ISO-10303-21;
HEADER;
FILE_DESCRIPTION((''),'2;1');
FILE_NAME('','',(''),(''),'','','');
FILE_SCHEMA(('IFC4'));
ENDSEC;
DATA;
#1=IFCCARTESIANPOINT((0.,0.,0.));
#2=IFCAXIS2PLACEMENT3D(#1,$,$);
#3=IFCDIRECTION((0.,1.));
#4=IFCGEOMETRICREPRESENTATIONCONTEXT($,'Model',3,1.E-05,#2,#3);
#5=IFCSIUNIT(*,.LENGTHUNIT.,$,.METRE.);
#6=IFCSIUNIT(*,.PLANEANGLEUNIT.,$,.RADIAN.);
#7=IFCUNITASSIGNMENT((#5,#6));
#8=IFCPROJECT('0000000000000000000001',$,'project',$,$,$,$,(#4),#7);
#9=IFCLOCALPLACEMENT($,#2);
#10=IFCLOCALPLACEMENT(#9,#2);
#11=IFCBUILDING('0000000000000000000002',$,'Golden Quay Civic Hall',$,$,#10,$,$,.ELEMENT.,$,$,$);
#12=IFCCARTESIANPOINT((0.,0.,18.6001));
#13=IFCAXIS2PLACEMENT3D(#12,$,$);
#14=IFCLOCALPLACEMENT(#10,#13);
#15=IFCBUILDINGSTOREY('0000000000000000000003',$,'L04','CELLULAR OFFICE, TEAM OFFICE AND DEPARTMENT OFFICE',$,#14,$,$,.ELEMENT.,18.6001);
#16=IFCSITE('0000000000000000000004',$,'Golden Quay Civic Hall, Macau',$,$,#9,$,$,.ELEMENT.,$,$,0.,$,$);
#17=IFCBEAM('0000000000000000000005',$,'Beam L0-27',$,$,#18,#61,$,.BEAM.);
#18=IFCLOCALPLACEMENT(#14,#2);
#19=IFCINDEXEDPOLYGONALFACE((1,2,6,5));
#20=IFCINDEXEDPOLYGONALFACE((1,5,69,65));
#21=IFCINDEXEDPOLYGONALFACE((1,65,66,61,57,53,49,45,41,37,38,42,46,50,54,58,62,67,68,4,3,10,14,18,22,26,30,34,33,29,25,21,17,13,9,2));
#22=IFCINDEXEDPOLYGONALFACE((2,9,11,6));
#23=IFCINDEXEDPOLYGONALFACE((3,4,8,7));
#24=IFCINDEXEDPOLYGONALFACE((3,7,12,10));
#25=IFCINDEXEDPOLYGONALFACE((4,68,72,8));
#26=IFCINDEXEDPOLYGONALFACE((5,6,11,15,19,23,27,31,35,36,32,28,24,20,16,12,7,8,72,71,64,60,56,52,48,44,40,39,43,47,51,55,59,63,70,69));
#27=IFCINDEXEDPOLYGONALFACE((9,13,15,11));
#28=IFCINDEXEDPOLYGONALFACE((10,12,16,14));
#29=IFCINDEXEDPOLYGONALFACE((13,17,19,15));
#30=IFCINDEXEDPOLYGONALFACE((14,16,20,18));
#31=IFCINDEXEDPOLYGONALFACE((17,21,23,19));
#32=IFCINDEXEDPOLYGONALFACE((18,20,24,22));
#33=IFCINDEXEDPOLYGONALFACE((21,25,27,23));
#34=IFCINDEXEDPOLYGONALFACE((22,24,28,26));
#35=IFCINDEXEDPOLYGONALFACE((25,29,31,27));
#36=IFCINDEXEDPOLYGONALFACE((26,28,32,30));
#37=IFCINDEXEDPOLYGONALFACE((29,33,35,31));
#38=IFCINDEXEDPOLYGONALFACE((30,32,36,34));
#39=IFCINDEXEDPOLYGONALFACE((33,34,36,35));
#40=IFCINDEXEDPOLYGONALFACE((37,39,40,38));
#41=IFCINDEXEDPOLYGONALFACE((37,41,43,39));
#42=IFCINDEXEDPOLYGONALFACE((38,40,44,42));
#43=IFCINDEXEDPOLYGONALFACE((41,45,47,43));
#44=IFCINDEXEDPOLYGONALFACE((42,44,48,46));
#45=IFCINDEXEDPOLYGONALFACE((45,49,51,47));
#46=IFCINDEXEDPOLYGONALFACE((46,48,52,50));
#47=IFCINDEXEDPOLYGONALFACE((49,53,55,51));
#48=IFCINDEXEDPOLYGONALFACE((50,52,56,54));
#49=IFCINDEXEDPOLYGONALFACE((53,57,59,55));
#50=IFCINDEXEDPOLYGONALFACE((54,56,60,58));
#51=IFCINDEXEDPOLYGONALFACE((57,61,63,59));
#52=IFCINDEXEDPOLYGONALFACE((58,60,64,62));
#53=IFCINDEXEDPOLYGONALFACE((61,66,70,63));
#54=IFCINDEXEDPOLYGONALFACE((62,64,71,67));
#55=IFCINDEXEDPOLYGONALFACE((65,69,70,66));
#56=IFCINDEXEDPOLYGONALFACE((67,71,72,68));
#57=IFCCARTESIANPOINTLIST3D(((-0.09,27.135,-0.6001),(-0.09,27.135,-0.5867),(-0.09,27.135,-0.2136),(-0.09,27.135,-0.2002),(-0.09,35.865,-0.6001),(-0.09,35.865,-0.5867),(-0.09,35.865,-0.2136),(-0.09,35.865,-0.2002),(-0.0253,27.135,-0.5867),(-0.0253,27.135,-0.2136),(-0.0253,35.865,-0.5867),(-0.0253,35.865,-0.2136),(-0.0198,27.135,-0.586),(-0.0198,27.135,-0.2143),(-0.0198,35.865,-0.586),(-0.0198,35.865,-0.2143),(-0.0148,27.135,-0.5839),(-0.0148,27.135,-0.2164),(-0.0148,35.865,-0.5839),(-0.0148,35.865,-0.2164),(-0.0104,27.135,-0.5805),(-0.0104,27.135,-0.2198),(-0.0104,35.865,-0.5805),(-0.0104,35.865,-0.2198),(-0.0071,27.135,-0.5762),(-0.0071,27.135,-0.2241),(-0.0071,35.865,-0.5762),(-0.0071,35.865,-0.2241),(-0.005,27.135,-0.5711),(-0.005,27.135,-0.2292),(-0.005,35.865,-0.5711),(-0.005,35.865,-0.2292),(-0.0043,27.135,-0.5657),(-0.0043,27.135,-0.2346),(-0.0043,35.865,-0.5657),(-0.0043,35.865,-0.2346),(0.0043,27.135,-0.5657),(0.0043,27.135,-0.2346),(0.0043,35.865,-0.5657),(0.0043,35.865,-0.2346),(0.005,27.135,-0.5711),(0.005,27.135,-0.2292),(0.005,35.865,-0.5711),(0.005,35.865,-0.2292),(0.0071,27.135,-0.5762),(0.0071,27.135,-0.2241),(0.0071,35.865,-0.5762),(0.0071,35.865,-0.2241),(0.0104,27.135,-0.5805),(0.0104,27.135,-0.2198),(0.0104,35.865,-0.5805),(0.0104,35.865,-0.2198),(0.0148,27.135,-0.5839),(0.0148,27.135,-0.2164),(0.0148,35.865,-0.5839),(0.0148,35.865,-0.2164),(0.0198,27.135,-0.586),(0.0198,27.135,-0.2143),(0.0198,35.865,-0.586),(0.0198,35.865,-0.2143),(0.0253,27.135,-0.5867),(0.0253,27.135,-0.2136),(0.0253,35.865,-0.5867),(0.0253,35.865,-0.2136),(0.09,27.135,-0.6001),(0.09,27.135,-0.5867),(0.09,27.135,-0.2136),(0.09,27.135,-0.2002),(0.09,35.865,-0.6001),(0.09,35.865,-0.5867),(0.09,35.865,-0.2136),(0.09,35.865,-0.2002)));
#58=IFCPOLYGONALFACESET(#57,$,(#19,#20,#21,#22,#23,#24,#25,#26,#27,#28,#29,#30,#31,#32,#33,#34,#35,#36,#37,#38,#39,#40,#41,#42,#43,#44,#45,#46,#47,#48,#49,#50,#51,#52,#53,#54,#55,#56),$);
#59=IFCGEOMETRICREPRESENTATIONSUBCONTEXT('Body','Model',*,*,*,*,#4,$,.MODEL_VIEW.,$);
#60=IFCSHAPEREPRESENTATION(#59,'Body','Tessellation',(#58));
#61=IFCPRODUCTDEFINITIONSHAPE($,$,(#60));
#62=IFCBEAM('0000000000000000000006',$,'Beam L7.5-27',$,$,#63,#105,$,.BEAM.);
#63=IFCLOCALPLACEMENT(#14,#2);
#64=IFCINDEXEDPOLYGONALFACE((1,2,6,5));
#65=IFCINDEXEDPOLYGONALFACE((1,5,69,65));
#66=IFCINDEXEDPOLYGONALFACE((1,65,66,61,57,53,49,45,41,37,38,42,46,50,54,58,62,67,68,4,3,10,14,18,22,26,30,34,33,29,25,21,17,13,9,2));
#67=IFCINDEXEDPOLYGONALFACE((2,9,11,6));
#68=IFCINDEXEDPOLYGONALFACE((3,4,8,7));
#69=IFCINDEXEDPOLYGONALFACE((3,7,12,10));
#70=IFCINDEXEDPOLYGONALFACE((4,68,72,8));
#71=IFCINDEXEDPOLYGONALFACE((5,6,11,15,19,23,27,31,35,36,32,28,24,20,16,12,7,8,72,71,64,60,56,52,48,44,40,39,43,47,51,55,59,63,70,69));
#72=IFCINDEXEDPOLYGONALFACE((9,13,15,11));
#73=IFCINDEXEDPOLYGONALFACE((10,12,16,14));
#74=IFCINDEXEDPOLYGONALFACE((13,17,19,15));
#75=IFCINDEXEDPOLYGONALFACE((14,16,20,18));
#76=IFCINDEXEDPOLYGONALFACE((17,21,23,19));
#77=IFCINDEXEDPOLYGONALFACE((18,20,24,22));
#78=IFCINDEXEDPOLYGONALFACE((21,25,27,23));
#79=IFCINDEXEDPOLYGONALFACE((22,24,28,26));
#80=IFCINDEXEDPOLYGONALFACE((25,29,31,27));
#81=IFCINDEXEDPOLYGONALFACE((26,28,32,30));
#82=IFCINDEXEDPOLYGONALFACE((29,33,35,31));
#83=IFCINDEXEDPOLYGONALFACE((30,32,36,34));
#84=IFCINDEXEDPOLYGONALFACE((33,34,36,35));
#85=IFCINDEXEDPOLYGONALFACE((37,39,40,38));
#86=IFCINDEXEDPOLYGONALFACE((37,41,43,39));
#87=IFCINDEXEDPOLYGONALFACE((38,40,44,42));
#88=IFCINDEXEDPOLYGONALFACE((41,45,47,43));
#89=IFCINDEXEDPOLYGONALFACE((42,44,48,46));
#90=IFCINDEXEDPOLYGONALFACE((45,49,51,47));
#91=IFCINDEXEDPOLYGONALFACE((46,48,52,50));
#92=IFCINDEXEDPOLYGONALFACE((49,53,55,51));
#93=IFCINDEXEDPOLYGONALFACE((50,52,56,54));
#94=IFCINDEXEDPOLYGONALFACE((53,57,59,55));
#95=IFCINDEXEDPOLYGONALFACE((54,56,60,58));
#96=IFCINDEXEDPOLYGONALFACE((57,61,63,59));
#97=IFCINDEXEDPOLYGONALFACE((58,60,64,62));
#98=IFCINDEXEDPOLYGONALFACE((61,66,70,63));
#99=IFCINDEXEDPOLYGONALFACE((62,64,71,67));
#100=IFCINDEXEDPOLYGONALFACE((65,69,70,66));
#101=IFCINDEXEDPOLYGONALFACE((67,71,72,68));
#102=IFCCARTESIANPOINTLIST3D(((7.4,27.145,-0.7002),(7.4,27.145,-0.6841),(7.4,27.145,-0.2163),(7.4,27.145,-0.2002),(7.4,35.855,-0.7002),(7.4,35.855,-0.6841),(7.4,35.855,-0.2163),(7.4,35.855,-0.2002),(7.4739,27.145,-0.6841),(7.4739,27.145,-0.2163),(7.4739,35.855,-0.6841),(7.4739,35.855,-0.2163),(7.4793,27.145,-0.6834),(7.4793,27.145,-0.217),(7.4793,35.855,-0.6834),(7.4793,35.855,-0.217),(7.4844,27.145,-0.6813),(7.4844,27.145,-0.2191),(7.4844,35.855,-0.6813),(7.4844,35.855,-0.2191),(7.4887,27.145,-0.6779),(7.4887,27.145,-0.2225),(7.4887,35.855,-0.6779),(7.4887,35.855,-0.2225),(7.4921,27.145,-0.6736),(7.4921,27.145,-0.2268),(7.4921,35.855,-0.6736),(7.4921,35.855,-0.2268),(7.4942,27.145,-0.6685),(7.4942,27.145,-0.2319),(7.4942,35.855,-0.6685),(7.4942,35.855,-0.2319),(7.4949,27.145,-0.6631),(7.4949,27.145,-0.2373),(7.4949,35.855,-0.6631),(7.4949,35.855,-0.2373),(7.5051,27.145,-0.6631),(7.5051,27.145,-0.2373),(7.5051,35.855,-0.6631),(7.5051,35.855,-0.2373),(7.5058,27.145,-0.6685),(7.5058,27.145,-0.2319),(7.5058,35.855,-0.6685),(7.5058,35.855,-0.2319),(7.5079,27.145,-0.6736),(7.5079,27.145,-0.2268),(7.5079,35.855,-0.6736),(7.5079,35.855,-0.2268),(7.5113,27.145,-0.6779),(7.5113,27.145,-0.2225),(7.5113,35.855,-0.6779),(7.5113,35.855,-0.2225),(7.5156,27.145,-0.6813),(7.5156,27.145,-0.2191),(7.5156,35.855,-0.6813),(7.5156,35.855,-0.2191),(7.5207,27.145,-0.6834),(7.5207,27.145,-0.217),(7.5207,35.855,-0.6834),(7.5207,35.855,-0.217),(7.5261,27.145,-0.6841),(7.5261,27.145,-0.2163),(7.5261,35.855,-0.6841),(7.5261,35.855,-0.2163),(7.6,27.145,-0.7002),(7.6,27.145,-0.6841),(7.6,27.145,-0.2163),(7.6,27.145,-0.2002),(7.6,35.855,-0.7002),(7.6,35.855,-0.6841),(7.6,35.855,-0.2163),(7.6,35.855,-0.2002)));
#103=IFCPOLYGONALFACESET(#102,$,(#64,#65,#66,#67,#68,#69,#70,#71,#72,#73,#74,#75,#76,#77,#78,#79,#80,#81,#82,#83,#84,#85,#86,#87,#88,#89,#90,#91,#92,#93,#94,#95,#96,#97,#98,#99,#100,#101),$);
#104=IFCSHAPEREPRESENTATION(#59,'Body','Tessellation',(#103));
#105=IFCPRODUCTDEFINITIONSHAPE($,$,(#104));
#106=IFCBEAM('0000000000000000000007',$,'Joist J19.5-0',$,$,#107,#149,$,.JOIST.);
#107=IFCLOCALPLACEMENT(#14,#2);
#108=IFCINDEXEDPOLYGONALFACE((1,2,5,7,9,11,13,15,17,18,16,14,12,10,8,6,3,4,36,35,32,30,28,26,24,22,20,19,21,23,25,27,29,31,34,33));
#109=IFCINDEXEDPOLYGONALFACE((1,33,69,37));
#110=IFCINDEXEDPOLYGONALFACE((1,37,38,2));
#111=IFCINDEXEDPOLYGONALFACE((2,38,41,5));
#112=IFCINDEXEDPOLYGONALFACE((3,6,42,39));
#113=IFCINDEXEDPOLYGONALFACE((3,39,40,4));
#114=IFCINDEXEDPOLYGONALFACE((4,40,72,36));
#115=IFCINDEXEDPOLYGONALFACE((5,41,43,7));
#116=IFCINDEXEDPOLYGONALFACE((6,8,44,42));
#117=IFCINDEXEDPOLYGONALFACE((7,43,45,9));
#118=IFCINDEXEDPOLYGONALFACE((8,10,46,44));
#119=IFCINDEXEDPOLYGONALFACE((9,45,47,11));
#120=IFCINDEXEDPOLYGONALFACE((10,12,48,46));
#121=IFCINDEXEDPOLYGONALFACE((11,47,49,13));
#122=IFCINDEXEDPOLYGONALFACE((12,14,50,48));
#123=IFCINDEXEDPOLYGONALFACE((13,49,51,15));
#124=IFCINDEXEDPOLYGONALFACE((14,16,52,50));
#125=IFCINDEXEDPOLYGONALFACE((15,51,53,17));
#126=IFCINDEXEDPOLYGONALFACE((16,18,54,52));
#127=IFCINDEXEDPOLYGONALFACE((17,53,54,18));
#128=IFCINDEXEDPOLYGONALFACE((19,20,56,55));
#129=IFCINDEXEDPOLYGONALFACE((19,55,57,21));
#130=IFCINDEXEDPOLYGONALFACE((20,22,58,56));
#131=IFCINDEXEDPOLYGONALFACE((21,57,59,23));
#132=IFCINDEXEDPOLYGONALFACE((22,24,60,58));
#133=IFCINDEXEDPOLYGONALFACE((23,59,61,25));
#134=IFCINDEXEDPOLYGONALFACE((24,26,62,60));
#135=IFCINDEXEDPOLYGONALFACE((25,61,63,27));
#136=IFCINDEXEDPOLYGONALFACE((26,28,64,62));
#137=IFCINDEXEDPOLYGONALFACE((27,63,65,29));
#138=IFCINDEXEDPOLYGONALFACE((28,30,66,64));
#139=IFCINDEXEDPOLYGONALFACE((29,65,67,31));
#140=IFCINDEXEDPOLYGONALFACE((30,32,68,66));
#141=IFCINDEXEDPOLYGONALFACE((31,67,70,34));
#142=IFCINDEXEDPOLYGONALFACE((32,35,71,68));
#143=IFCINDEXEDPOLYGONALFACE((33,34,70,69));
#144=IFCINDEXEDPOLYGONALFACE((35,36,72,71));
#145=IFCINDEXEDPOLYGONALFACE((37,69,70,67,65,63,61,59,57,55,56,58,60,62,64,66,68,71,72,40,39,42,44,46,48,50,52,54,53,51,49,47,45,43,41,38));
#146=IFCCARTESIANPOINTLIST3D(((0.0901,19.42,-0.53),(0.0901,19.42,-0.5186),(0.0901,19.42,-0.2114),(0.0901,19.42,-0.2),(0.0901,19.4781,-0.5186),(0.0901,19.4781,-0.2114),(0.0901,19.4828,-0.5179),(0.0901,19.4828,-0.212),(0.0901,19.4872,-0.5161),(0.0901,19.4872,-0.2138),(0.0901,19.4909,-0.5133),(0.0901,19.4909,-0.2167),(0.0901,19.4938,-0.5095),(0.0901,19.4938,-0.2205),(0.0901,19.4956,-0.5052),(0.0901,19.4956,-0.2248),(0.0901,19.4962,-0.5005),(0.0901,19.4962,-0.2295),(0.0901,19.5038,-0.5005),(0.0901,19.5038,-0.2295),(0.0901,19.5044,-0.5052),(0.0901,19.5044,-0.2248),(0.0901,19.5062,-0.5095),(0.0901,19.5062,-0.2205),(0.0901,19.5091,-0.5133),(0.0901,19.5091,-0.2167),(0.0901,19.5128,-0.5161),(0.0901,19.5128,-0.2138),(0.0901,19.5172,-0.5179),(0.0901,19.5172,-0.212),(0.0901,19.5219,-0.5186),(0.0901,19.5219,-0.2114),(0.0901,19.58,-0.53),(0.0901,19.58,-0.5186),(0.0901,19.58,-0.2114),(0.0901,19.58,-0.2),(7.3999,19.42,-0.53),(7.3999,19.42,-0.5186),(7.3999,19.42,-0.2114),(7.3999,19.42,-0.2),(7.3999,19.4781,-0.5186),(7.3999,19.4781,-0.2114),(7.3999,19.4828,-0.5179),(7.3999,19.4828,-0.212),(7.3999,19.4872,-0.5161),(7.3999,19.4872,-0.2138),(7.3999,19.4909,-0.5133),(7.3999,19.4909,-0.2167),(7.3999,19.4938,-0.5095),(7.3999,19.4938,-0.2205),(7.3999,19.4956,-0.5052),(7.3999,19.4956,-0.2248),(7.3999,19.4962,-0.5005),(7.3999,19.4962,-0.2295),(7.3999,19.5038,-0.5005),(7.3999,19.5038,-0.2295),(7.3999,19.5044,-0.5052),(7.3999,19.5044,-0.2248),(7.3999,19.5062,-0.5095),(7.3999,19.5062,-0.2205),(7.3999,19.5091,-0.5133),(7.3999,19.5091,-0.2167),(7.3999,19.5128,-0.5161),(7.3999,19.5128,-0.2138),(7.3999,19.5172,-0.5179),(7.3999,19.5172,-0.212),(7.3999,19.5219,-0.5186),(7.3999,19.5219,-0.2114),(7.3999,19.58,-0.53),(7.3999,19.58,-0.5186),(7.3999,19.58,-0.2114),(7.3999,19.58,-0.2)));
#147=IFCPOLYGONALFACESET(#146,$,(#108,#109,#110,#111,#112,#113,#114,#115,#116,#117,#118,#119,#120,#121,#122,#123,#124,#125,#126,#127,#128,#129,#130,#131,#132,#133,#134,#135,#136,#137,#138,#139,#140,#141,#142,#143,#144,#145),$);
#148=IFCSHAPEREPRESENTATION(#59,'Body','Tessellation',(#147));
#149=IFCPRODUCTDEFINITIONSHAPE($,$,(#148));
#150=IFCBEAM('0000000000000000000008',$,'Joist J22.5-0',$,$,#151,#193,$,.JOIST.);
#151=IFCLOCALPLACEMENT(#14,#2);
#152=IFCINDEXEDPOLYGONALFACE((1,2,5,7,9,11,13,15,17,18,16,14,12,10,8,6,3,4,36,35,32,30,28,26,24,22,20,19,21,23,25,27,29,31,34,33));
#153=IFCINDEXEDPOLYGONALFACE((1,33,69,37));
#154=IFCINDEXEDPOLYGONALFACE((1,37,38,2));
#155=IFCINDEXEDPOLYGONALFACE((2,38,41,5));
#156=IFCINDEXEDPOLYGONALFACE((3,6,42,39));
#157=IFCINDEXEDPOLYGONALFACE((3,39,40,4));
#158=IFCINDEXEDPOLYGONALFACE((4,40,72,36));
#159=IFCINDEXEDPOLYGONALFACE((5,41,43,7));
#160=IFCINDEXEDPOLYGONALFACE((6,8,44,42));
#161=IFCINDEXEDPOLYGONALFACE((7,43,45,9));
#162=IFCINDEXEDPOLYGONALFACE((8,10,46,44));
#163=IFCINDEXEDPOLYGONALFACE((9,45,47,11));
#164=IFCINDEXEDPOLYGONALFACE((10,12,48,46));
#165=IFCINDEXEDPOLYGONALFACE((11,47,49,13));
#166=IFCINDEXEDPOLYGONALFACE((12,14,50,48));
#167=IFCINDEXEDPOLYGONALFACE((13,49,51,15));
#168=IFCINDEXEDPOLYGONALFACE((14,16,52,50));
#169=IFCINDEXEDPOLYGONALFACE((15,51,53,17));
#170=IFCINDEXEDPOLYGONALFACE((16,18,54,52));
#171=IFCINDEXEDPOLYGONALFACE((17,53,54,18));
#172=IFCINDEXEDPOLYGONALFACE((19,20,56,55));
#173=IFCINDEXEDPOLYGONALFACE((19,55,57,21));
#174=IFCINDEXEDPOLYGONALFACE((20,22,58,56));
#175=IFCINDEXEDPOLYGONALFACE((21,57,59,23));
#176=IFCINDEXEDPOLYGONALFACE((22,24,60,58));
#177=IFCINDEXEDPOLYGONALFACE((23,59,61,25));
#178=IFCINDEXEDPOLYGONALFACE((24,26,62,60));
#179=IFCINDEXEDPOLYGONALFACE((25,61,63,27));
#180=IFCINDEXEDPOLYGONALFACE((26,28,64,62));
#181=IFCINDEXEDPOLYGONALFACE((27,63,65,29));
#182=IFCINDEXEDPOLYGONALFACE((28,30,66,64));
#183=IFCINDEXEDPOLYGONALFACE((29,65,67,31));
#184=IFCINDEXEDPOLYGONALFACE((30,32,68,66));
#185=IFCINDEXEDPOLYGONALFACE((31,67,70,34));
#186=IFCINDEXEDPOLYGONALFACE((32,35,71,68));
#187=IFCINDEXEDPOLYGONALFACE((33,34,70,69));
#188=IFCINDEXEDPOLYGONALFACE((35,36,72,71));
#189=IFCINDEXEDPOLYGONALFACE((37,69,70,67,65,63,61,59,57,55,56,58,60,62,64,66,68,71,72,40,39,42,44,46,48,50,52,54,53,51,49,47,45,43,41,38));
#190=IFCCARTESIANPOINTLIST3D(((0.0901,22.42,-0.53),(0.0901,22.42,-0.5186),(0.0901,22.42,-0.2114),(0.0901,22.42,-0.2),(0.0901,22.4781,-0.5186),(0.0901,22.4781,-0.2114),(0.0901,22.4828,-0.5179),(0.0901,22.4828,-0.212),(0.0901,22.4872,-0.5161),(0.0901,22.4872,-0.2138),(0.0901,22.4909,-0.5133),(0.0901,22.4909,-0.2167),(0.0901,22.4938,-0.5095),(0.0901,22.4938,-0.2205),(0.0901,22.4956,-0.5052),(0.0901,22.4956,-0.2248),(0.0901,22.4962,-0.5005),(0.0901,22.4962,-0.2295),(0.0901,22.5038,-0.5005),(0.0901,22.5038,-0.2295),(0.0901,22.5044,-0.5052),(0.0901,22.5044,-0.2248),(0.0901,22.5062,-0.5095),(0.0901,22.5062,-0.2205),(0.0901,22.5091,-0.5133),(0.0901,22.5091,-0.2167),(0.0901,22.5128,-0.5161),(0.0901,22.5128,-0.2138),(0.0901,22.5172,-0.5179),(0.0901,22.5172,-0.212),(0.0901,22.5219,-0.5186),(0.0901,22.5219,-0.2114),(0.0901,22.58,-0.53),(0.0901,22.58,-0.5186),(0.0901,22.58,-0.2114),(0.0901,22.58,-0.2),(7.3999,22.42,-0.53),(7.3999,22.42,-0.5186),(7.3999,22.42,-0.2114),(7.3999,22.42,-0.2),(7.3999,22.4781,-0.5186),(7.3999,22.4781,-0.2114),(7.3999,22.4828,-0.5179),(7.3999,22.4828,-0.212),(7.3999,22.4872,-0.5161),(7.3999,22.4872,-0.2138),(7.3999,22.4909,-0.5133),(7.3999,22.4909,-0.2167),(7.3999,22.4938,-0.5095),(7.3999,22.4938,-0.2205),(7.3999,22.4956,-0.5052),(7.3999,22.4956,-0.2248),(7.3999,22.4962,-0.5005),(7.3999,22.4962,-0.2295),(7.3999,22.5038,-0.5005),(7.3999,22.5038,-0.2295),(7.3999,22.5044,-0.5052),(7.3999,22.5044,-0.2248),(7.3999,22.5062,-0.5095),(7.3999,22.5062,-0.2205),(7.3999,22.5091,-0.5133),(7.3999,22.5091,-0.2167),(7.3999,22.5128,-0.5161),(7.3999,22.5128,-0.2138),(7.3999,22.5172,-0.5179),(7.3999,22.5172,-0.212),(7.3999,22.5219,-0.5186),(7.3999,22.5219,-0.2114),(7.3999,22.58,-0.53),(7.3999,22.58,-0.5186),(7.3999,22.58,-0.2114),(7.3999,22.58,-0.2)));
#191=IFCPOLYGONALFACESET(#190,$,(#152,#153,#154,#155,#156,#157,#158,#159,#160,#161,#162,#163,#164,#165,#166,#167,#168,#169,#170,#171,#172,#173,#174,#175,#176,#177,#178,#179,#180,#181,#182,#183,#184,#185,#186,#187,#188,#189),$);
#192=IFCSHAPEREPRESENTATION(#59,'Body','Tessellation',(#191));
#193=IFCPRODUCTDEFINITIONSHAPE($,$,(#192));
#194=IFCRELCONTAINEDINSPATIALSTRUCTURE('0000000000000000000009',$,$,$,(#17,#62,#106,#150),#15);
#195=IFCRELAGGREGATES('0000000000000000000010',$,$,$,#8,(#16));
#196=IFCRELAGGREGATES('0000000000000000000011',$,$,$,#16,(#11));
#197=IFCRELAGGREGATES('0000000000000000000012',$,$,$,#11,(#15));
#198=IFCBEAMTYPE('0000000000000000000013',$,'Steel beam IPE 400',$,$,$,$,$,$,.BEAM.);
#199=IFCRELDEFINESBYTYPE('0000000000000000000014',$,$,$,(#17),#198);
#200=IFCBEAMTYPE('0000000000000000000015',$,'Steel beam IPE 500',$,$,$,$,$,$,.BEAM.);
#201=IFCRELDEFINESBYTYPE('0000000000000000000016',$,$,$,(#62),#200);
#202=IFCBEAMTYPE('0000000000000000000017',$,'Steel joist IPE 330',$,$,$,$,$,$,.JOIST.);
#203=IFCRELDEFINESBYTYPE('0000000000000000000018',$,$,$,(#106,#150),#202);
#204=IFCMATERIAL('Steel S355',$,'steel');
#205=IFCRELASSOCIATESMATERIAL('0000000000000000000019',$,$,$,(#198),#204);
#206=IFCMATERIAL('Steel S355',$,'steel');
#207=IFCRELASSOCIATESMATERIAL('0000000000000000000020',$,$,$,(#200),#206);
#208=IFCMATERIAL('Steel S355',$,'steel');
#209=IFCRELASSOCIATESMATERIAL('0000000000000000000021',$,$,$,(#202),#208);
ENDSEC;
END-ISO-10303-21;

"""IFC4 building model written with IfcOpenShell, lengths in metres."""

from ifc_helpers import new_model, si_unit, direction, frame, origin, origin_2d, place, context, subcontext, project, spatial, i_section, extrude, material, material_profile, profile_set, type_object, element, save


model = new_model("IFC4")

# Units and contexts
model_context = context("Model", 3, precision=1e-05, world=origin(), true_north=direction((0.0, 1.0)))
body_context = subcontext(model_context, "Body", "Model", "MODEL_VIEW")
ifc_project = project(units=[si_unit("LENGTHUNIT", "METRE"), si_unit("PLANEANGLEUNIT", "RADIAN")], contexts=[model_context])

# Site, building, storey
site_placement = place(None, origin())
site = spatial("IfcSite", under=ifc_project, at=site_placement, Name="Golden Quay Civic Hall, Macau", CompositionType="ELEMENT", RefElevation=0.0)
building_placement = place(site_placement, origin())
building = spatial("IfcBuilding", under=site, at=building_placement, Name="Golden Quay Civic Hall", CompositionType="ELEMENT")
storey_placement = place(building_placement, frame((0.0, 0.0, 18.6001)))
storey = spatial("IfcBuildingStorey", under=building, at=storey_placement, Name="L04", Description="CELLULAR OFFICE, TEAM OFFICE AND DEPARTMENT OFFICE", CompositionType="ELEMENT", Elevation=18.6001)

# Beams
ifc_material_1 = material(Name="Steel S355", Category="steel")
ifc_material_profile_1 = material_profile(ifc_material_1, i_section(OverallWidth=0.1799, OverallDepth=0.3999, WebThickness=0.0085, FlangeThickness=0.0134, FilletRadius=0.021, at=origin_2d()), Name="IPE 400")
ifc_profile_set_1 = profile_set([ifc_material_profile_1], Name="Steel S355")
beam_type_1 = type_object("IfcBeamType", Name="Steel beam IPE 400", PredefinedType="BEAM", material=ifc_profile_set_1)
beam_1_placement = place(storey_placement, frame((0.0, 27.135, -0.4001), z_axis=(0.0, 1.0, 0.0), x_axis=(-1.0, 0.0, 0.0)))
element("IfcBeam", 1, at=beam_1_placement, inside=storey, type_object=beam_type_1, Name="Beam L0-27", PredefinedType="BEAM", context=body_context, shape_type="SweptSolid", body=[
    extrude(i_section(OverallWidth=0.1799, OverallDepth=0.3999, WebThickness=0.0085, FlangeThickness=0.0134, FilletRadius=0.021, at=origin_2d()), origin(), (0.0, 0.0, 1.0), 8.73),
])
ifc_material_2 = material(Name="Steel S355", Category="steel")
ifc_material_profile_2 = material_profile(ifc_material_2, i_section(OverallWidth=0.2, OverallDepth=0.5, WebThickness=0.0103, FlangeThickness=0.0161, FilletRadius=0.021, at=origin_2d()), Name="IPE 500")
ifc_profile_set_2 = profile_set([ifc_material_profile_2], Name="Steel S355")
beam_type_2 = type_object("IfcBeamType", Name="Steel beam IPE 500", PredefinedType="BEAM", material=ifc_profile_set_2)
beam_2_placement = place(storey_placement, frame((7.5, 27.145, -0.4502), z_axis=(0.0, 1.0, 0.0), x_axis=(-1.0, 0.0, 0.0)))
element("IfcBeam", 2, at=beam_2_placement, inside=storey, type_object=beam_type_2, Name="Beam L7.5-27", PredefinedType="BEAM", context=body_context, shape_type="SweptSolid", body=[
    extrude(i_section(OverallWidth=0.2, OverallDepth=0.5, WebThickness=0.0103, FlangeThickness=0.0161, FilletRadius=0.021, at=origin_2d()), origin(), (0.0, 0.0, 1.0), 8.71),
])
ifc_material_3 = material(Name="Steel S355", Category="steel")
ifc_material_profile_3 = material_profile(ifc_material_3, i_section(OverallWidth=0.1599, OverallDepth=0.3301, WebThickness=0.0076, FlangeThickness=0.0115, FilletRadius=0.0181, at=origin_2d()), Name="IPE 330")
ifc_profile_set_3 = profile_set([ifc_material_profile_3], Name="Steel S355")
beam_type_3 = type_object("IfcBeamType", Name="Steel joist IPE 330", PredefinedType="JOIST", material=ifc_profile_set_3)
for number, where, z_axis, x_axis, name in (
    (3, (0.0901, 19.5, -0.365), (1.0, 0.0, 0.0), (0.0, 1.0, 0.0), "Joist J19.5-0"),
    (4, (0.0901, 22.5, -0.365), (1.0, 0.0, 0.0), (0.0, 1.0, 0.0), "Joist J22.5-0"),
):
    element("IfcBeam", number, at=place(storey_placement, frame(where, z_axis=z_axis, x_axis=x_axis)), inside=storey, type_object=beam_type_3, Name=name, PredefinedType="JOIST", context=body_context, shape_type="SweptSolid", body=[
        extrude(i_section(OverallWidth=0.1599, OverallDepth=0.3301, WebThickness=0.0076, FlangeThickness=0.0115, FilletRadius=0.0181, at=origin_2d()), origin(), (0.0, 0.0, 1.0), 7.3098),
    ])

save(model, "model.ifc")
